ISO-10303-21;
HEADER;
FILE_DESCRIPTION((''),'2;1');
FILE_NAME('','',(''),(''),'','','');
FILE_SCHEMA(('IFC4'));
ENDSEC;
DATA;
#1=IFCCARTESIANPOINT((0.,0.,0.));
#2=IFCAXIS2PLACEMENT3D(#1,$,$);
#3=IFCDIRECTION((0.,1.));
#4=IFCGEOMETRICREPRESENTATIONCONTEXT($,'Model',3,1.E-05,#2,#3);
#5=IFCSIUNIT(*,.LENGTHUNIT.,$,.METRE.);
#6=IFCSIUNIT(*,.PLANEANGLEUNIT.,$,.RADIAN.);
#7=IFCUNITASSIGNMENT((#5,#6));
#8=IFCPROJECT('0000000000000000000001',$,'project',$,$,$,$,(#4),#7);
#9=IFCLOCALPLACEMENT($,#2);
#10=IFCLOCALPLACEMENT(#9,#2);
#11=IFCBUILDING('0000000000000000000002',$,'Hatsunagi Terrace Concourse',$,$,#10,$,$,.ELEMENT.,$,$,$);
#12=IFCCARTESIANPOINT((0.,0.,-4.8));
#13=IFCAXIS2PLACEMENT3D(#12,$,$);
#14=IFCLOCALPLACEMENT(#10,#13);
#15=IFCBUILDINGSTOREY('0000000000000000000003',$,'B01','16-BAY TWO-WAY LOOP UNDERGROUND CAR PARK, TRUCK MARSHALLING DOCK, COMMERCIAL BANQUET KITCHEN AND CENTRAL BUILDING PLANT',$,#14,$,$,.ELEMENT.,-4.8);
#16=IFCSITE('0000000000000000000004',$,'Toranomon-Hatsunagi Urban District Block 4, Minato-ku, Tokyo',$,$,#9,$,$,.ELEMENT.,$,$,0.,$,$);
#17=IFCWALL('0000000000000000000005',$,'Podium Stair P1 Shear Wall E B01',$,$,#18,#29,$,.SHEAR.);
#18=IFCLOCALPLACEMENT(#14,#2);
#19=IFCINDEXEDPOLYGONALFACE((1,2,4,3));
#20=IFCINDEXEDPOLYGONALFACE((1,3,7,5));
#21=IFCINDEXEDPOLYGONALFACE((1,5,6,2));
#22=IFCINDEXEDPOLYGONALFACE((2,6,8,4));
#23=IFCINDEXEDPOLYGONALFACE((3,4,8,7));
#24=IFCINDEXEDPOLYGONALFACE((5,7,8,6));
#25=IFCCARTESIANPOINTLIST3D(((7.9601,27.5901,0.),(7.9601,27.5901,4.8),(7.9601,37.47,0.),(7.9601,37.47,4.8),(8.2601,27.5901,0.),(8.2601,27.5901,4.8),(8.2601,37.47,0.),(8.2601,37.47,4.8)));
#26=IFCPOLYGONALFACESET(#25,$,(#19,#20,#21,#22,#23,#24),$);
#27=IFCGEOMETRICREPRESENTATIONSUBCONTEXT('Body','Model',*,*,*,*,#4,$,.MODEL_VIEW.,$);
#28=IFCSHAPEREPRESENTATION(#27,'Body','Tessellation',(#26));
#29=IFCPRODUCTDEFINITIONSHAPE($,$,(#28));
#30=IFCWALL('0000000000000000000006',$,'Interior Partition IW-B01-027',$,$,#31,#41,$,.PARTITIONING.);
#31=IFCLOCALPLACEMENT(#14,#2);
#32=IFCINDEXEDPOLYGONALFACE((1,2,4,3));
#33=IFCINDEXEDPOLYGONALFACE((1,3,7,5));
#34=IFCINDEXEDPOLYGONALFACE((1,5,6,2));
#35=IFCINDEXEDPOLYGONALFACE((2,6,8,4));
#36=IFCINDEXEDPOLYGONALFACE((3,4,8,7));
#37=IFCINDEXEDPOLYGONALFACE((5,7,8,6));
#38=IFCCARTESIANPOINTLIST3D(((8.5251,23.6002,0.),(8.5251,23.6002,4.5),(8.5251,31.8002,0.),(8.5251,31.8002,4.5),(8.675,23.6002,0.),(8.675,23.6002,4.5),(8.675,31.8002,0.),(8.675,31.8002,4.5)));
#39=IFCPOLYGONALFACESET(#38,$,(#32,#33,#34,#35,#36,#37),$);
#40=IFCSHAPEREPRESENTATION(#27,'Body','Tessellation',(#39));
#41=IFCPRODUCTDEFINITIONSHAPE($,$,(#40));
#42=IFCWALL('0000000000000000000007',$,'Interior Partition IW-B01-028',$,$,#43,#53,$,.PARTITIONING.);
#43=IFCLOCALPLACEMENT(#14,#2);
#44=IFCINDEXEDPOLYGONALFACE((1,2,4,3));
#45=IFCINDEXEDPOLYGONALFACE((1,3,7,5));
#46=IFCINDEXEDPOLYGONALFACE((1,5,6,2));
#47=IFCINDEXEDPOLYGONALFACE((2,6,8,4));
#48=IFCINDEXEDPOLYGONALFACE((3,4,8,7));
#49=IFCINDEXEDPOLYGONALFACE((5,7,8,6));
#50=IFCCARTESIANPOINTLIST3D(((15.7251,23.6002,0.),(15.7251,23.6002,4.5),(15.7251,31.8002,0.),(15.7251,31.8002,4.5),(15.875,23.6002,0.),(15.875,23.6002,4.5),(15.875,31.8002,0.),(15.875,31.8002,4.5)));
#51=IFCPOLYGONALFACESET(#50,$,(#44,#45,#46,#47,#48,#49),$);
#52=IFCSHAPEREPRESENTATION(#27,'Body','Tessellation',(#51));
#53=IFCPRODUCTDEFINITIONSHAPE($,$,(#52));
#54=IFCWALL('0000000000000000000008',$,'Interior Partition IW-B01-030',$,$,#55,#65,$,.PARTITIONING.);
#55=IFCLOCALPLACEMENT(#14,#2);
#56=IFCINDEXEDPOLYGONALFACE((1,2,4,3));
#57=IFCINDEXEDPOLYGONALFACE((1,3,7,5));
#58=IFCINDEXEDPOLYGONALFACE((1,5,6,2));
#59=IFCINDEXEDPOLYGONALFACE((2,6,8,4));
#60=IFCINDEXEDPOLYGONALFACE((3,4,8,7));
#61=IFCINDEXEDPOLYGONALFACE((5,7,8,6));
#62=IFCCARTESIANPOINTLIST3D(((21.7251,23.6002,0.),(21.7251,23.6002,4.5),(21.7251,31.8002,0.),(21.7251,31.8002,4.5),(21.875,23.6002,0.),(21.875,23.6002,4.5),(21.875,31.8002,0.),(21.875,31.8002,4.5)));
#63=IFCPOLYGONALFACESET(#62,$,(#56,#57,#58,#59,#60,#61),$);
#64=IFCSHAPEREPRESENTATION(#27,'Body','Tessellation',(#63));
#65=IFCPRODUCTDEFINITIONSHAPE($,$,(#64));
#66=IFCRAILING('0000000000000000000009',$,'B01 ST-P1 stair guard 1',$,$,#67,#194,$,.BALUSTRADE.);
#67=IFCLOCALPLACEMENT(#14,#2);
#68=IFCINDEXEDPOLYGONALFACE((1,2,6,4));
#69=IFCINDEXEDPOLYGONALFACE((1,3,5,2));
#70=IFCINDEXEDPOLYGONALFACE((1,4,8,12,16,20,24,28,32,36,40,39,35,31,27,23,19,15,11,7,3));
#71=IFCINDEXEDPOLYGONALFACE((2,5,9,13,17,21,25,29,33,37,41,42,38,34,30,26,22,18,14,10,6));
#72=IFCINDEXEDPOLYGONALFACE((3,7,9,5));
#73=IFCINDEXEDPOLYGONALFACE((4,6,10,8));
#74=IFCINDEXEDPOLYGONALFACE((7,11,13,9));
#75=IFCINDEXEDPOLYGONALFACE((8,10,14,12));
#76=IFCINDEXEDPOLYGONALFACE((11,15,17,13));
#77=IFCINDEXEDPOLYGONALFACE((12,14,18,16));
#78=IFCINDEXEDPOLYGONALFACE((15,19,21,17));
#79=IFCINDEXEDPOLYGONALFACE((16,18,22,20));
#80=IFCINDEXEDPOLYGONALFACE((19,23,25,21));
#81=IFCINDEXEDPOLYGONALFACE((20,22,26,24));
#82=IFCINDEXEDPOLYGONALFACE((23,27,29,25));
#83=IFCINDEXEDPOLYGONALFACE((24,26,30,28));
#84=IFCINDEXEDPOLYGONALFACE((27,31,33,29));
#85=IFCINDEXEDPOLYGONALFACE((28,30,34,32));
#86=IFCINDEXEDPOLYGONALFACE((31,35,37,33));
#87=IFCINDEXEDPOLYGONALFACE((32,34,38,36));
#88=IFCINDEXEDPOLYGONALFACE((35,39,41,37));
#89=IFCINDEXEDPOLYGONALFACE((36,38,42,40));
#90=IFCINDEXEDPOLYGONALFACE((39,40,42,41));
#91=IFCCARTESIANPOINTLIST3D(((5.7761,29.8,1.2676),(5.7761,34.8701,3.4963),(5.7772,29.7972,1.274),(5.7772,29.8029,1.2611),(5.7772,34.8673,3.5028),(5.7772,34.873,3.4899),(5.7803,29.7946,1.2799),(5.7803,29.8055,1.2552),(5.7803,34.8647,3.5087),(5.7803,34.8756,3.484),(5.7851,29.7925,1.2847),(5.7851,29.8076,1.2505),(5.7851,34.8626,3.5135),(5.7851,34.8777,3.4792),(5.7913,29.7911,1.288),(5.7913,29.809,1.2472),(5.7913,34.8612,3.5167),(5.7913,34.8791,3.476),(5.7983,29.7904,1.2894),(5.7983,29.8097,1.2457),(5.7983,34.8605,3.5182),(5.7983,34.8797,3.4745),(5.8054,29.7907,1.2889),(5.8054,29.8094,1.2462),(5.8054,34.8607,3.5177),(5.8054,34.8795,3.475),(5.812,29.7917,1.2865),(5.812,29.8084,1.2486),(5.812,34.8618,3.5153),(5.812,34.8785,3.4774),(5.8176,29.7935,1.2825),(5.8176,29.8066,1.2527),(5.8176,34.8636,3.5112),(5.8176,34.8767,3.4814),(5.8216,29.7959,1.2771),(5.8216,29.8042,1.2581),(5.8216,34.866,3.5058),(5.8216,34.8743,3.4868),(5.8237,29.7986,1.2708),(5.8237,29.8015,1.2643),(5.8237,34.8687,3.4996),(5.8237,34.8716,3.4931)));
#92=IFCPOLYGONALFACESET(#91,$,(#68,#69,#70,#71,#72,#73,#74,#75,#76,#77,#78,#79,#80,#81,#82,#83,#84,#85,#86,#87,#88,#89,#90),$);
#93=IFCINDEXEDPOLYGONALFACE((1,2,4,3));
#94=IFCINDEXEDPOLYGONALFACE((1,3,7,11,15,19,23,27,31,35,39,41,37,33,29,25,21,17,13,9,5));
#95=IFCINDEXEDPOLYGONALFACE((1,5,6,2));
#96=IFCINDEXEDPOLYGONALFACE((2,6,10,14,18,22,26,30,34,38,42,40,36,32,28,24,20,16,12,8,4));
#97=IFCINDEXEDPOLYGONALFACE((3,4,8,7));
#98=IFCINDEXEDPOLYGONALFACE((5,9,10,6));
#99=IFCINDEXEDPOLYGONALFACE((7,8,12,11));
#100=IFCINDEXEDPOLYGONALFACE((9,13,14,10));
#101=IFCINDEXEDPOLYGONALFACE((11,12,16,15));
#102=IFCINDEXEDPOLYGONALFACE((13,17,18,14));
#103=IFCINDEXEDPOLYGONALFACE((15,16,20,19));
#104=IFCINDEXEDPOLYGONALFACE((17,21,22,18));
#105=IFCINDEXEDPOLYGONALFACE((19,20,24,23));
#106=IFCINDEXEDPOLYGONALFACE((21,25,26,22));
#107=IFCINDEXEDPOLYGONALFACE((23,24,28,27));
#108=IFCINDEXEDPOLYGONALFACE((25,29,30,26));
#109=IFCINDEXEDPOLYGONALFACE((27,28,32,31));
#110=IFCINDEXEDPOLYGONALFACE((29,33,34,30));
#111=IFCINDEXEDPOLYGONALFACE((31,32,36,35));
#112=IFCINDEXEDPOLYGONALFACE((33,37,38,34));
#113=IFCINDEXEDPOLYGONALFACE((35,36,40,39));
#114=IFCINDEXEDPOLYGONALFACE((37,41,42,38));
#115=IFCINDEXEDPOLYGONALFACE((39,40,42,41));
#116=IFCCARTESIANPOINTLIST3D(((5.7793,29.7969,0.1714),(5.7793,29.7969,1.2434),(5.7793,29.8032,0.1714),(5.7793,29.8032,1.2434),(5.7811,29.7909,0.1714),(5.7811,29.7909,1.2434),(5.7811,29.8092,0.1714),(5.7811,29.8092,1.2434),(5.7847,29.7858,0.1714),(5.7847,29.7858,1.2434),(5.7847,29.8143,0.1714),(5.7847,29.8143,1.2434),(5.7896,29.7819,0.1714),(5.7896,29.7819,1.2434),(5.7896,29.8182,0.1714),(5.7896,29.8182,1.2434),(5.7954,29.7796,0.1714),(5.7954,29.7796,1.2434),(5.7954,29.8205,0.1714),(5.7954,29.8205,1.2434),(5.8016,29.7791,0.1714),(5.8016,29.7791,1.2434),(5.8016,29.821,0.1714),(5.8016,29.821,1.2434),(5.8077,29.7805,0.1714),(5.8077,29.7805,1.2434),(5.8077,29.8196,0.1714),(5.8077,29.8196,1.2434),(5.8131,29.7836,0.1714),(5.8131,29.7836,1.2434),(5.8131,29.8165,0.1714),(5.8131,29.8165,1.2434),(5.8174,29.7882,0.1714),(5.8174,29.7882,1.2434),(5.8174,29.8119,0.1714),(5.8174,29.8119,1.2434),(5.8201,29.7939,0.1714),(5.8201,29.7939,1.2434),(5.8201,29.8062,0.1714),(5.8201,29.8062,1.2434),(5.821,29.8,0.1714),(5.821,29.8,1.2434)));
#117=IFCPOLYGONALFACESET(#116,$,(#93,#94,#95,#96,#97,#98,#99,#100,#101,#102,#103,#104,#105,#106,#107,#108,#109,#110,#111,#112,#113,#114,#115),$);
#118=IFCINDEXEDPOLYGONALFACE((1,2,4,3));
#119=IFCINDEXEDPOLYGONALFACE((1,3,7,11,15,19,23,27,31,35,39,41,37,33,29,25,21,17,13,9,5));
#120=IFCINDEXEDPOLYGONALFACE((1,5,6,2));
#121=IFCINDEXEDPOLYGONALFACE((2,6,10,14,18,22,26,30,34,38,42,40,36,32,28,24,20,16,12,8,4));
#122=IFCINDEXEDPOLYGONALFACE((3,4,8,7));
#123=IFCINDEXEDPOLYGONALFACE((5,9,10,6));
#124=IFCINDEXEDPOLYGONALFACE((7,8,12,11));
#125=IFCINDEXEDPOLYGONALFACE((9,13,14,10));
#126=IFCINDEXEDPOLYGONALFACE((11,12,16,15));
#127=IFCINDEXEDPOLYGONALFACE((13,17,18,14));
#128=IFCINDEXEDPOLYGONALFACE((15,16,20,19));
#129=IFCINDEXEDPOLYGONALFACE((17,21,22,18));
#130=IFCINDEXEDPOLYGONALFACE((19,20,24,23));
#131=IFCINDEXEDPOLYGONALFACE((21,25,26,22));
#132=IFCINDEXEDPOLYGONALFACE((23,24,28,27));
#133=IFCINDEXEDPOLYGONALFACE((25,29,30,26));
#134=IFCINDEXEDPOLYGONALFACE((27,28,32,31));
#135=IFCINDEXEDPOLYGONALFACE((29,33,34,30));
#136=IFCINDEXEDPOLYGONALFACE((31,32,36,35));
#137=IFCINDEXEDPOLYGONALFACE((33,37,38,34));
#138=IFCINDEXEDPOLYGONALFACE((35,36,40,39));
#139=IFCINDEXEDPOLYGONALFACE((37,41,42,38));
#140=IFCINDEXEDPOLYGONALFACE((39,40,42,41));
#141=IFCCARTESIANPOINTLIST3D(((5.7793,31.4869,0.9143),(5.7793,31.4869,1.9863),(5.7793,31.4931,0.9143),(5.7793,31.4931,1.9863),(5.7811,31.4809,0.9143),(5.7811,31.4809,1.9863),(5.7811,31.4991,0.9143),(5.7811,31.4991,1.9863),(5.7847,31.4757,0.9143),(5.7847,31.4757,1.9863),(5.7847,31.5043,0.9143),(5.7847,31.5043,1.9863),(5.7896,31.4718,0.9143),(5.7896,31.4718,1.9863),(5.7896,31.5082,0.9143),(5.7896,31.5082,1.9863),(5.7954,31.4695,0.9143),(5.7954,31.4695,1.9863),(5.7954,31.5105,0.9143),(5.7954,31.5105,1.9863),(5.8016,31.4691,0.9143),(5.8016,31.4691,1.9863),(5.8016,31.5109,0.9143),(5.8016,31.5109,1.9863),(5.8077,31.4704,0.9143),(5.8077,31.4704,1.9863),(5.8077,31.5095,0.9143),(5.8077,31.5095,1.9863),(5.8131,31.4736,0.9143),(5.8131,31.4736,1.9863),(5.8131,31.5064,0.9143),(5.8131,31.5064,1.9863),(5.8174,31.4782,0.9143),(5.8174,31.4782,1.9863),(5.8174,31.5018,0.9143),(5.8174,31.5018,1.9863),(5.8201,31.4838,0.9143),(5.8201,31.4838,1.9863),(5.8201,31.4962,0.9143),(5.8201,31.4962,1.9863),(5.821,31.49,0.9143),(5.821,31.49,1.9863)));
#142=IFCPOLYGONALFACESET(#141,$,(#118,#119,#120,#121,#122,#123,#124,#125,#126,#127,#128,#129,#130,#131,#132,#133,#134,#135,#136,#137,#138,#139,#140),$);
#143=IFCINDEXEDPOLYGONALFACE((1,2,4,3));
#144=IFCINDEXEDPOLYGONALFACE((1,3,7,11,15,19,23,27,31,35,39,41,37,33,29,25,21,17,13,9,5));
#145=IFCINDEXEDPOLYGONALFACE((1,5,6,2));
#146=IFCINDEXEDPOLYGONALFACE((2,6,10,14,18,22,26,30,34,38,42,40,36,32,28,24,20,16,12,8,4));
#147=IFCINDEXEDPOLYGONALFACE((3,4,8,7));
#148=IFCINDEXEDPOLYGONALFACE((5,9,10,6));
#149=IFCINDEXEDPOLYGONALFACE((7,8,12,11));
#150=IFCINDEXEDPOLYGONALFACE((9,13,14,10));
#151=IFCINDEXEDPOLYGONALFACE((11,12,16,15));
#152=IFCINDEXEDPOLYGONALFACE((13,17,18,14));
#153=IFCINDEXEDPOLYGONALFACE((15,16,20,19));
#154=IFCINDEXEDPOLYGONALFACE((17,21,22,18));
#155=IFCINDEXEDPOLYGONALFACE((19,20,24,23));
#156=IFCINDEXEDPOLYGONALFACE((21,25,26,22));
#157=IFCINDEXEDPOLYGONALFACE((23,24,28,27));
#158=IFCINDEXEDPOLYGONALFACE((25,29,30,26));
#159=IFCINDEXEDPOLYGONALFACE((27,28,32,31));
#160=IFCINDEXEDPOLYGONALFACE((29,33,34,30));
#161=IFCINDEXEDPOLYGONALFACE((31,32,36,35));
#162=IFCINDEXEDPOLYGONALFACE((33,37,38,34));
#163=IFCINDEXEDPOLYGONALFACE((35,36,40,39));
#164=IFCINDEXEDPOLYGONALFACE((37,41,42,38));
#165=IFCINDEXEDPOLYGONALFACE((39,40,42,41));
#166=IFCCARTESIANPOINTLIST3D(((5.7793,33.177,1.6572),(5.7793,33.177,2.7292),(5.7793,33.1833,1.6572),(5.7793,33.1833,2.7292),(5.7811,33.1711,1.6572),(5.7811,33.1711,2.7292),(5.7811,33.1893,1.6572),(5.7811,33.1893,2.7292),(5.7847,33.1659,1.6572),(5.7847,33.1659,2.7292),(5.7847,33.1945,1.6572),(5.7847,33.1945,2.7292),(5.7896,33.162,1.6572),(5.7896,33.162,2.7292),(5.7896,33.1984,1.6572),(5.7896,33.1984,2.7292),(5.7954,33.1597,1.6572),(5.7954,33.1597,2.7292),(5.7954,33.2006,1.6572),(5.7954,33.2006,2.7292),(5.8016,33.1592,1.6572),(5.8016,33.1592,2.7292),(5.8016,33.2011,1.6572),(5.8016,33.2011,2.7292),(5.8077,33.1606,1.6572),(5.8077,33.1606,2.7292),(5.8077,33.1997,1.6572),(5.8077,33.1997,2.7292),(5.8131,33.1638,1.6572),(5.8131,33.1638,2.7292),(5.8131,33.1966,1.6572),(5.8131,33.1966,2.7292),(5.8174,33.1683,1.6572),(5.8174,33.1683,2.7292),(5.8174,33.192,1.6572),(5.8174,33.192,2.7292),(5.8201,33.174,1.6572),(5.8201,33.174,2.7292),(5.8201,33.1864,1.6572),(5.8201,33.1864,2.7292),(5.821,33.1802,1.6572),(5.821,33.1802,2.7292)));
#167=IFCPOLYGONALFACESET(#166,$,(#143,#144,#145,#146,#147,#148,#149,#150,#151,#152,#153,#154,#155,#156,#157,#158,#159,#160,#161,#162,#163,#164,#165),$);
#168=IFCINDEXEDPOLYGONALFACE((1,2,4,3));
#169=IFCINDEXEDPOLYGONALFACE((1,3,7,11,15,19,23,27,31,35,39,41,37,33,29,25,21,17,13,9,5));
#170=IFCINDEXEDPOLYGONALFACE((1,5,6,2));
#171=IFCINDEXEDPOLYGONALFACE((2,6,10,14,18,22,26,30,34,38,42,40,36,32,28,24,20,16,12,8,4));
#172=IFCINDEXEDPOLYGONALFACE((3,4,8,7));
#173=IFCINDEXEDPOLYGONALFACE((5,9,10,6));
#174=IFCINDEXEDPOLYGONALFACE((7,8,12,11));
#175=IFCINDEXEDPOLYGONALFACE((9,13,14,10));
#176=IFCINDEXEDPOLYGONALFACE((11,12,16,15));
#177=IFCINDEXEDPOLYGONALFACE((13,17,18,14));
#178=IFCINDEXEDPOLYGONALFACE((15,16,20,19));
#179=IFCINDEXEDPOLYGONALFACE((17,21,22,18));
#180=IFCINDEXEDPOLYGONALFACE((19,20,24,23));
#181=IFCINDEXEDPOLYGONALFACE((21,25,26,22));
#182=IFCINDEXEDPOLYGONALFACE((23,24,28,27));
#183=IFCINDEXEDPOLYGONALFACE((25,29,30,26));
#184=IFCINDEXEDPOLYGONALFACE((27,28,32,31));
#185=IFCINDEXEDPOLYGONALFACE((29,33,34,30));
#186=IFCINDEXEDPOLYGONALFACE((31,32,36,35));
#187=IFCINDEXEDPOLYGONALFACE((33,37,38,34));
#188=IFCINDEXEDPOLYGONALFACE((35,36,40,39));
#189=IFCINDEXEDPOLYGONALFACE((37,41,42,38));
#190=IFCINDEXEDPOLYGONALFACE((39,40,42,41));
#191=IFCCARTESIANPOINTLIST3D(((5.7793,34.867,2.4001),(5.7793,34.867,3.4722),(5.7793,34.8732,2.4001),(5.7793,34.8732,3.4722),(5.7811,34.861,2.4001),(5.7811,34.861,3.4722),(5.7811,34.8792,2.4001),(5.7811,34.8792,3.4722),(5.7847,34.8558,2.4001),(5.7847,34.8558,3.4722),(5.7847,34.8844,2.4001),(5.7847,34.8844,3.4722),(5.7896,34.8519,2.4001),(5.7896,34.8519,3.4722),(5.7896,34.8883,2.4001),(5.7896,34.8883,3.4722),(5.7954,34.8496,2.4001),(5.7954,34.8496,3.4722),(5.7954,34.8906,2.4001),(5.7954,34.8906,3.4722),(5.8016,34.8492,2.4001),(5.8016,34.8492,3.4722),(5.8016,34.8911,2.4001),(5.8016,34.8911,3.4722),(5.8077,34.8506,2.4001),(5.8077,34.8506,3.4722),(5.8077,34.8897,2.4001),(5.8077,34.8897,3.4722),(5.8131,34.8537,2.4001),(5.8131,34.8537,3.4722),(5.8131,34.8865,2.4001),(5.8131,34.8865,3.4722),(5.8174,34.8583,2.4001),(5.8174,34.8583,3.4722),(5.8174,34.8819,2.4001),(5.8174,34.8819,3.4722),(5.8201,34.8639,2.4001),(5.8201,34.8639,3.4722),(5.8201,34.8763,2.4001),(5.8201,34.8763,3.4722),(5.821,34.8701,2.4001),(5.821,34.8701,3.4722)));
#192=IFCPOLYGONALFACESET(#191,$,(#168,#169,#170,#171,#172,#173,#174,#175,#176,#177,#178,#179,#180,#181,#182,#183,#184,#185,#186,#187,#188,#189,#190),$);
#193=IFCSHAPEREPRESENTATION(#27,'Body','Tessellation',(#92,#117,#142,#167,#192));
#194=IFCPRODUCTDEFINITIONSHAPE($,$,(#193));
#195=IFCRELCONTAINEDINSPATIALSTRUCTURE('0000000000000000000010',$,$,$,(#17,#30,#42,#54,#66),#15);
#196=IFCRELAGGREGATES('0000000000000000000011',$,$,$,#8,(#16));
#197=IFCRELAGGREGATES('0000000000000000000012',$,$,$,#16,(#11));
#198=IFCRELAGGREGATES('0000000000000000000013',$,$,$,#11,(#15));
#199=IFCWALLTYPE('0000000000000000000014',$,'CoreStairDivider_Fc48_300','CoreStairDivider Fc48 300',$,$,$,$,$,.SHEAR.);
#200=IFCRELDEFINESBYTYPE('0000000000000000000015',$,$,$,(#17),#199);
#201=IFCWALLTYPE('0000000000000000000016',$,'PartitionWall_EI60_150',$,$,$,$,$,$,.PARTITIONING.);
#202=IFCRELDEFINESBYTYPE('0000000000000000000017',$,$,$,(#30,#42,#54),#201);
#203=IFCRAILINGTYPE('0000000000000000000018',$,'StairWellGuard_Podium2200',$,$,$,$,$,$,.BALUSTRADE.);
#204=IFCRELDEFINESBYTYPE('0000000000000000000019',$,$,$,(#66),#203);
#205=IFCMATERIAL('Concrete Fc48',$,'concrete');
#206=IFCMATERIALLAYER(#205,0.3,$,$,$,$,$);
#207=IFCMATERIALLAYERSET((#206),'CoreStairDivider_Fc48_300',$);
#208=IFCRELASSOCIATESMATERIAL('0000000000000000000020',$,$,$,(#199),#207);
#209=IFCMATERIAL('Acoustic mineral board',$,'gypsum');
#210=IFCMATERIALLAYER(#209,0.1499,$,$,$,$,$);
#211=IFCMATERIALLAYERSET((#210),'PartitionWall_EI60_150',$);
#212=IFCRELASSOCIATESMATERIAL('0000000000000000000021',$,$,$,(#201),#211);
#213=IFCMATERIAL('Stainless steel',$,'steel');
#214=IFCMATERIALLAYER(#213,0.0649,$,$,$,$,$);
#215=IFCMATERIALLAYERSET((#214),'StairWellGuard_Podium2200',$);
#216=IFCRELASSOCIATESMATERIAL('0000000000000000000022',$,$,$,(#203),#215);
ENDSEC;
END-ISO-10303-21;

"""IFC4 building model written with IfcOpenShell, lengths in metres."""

from ifc_helpers import new_model, si_unit, direction, frame, frame_2d, origin, origin_2d, place, context, subcontext, project, spatial, rectangle, circle, extrude, material, layer, layer_set, type_object, element, save


model = new_model("IFC4")

# Units and contexts
model_context = context("Model", 3, precision=1e-05, world=origin(), true_north=direction((0.0, 1.0)))
body_context = subcontext(model_context, "Body", "Model", "MODEL_VIEW")
ifc_project = project(units=[si_unit("LENGTHUNIT", "METRE"), si_unit("PLANEANGLEUNIT", "RADIAN")], contexts=[model_context])

# Site, building, storey
site_placement = place(None, origin())
site = spatial("IfcSite", under=ifc_project, at=site_placement, Name="Toranomon-Hatsunagi Urban District Block 4, Minato-ku, Tokyo", CompositionType="ELEMENT", RefElevation=0.0)
building_placement = place(site_placement, origin())
building = spatial("IfcBuilding", under=site, at=building_placement, Name="Hatsunagi Terrace Concourse", CompositionType="ELEMENT")
storey_placement = place(building_placement, frame((0.0, 0.0, -4.8)))
storey = spatial("IfcBuildingStorey", under=building, at=storey_placement, Name="B01", Description="16-BAY TWO-WAY LOOP UNDERGROUND CAR PARK, TRUCK MARSHALLING DOCK, COMMERCIAL BANQUET KITCHEN AND CENTRAL BUILDING PLANT", CompositionType="ELEMENT", Elevation=-4.8)

# Shared definitions
ifc_material_1 = material(Name="Concrete Fc48", Category="concrete")
ifc_layer_1 = layer(ifc_material_1, 0.3)
ifc_layer_set_1 = layer_set([ifc_layer_1], Name="CoreStairDivider_Fc48_300")
wall_type_1 = type_object("IfcWallType", Name="CoreStairDivider_Fc48_300", Description="CoreStairDivider Fc48 300", PredefinedType="SHEAR", material=ifc_layer_set_1)

# Walls
for number, where, z_axis, x_axis, name in (
    (1, (8.1101, 27.5901, 0.0), (0.0, 0.0, 1.0), (0.0, 1.0, 0.0), "Podium Stair P1 Shear Wall E B01"),
):
    element("IfcWall", number, at=place(storey_placement, frame(where, z_axis=z_axis, x_axis=x_axis)), inside=storey, type_object=wall_type_1, Name=name, PredefinedType="SHEAR", context=body_context, shape_type="SweptSolid", body=[
        extrude(rectangle(XDim=9.8799, YDim=0.3, at=frame_2d((4.9399, 0.0))), origin(), (0.0, 0.0, 1.0), 4.8),
    ])
ifc_material_2 = material(Name="Acoustic mineral board", Category="gypsum")
ifc_layer_2 = layer(ifc_material_2, 0.1499)
ifc_layer_set_2 = layer_set([ifc_layer_2], Name="PartitionWall_EI60_150")
wall_type_2 = type_object("IfcWallType", Name="PartitionWall_EI60_150", PredefinedType="PARTITIONING", material=ifc_layer_set_2)
for number, where, z_axis, x_axis, name in (
    (2, (8.6001, 23.6001, 0.0), (0.0, 0.0, 1.0), (0.0, 1.0, 0.0), "Interior Partition IW-B01-027"),
    (3, (15.8, 23.6001, 0.0), (0.0, 0.0, 1.0), (0.0, 1.0, 0.0), "Interior Partition IW-B01-028"),
    (4, (21.8, 23.6001, 0.0), (0.0, 0.0, 1.0), (0.0, 1.0, 0.0), "Interior Partition IW-B01-030"),
):
    element("IfcWall", number, at=place(storey_placement, frame(where, z_axis=z_axis, x_axis=x_axis)), inside=storey, type_object=wall_type_2, Name=name, PredefinedType="PARTITIONING", context=body_context, shape_type="SweptSolid", body=[
        extrude(rectangle(XDim=8.2, YDim=0.1499, at=frame_2d((4.1001, 0.0))), origin(), (0.0, 0.0, 1.0), 4.5),
    ])

# Railing
ifc_material_3 = material(Name="Stainless steel", Category="steel")
ifc_layer_3 = layer(ifc_material_3, 0.0649)
ifc_layer_set_3 = layer_set([ifc_layer_3], Name="StairWellGuard_Podium2200")
railing_type = type_object("IfcRailingType", Name="StairWellGuard_Podium2200", PredefinedType="BALUSTRADE", material=ifc_layer_set_3)
railing_1_placement = place(storey_placement, frame((5.8, 29.8, 0.1714)))
element("IfcRailing", 5, at=railing_1_placement, inside=storey, type_object=railing_type, Name="B01 ST-P1 stair guard 1", PredefinedType="BALUSTRADE", context=body_context, shape_type="SweptSolid", body=[
    extrude(circle(Radius=0.0239, at=origin_2d()), frame((0.0, 0.0, 1.0962), z_axis=(0.0, 0.915453, 0.402425), x_axis=(-1.0, 0.0, 0.0)), (0.0, 0.0, 1.0), 5.5383),
    extrude(circle(Radius=0.021, at=origin_2d()), origin(), (0.0, 0.0, 1.0), 1.072),
    extrude(circle(Radius=0.021, at=origin_2d()), frame((0.0, 1.6899, 0.7429)), (0.0, 0.0, 1.0), 1.072),
    extrude(circle(Radius=0.021, at=origin_2d()), frame((0.0, 3.3801, 1.4858)), (0.0, 0.0, 1.0), 1.072),
    extrude(circle(Radius=0.021, at=origin_2d()), frame((0.0, 5.0701, 2.2288)), (0.0, 0.0, 1.0), 1.072),
])

save(model, "model.ifc")
